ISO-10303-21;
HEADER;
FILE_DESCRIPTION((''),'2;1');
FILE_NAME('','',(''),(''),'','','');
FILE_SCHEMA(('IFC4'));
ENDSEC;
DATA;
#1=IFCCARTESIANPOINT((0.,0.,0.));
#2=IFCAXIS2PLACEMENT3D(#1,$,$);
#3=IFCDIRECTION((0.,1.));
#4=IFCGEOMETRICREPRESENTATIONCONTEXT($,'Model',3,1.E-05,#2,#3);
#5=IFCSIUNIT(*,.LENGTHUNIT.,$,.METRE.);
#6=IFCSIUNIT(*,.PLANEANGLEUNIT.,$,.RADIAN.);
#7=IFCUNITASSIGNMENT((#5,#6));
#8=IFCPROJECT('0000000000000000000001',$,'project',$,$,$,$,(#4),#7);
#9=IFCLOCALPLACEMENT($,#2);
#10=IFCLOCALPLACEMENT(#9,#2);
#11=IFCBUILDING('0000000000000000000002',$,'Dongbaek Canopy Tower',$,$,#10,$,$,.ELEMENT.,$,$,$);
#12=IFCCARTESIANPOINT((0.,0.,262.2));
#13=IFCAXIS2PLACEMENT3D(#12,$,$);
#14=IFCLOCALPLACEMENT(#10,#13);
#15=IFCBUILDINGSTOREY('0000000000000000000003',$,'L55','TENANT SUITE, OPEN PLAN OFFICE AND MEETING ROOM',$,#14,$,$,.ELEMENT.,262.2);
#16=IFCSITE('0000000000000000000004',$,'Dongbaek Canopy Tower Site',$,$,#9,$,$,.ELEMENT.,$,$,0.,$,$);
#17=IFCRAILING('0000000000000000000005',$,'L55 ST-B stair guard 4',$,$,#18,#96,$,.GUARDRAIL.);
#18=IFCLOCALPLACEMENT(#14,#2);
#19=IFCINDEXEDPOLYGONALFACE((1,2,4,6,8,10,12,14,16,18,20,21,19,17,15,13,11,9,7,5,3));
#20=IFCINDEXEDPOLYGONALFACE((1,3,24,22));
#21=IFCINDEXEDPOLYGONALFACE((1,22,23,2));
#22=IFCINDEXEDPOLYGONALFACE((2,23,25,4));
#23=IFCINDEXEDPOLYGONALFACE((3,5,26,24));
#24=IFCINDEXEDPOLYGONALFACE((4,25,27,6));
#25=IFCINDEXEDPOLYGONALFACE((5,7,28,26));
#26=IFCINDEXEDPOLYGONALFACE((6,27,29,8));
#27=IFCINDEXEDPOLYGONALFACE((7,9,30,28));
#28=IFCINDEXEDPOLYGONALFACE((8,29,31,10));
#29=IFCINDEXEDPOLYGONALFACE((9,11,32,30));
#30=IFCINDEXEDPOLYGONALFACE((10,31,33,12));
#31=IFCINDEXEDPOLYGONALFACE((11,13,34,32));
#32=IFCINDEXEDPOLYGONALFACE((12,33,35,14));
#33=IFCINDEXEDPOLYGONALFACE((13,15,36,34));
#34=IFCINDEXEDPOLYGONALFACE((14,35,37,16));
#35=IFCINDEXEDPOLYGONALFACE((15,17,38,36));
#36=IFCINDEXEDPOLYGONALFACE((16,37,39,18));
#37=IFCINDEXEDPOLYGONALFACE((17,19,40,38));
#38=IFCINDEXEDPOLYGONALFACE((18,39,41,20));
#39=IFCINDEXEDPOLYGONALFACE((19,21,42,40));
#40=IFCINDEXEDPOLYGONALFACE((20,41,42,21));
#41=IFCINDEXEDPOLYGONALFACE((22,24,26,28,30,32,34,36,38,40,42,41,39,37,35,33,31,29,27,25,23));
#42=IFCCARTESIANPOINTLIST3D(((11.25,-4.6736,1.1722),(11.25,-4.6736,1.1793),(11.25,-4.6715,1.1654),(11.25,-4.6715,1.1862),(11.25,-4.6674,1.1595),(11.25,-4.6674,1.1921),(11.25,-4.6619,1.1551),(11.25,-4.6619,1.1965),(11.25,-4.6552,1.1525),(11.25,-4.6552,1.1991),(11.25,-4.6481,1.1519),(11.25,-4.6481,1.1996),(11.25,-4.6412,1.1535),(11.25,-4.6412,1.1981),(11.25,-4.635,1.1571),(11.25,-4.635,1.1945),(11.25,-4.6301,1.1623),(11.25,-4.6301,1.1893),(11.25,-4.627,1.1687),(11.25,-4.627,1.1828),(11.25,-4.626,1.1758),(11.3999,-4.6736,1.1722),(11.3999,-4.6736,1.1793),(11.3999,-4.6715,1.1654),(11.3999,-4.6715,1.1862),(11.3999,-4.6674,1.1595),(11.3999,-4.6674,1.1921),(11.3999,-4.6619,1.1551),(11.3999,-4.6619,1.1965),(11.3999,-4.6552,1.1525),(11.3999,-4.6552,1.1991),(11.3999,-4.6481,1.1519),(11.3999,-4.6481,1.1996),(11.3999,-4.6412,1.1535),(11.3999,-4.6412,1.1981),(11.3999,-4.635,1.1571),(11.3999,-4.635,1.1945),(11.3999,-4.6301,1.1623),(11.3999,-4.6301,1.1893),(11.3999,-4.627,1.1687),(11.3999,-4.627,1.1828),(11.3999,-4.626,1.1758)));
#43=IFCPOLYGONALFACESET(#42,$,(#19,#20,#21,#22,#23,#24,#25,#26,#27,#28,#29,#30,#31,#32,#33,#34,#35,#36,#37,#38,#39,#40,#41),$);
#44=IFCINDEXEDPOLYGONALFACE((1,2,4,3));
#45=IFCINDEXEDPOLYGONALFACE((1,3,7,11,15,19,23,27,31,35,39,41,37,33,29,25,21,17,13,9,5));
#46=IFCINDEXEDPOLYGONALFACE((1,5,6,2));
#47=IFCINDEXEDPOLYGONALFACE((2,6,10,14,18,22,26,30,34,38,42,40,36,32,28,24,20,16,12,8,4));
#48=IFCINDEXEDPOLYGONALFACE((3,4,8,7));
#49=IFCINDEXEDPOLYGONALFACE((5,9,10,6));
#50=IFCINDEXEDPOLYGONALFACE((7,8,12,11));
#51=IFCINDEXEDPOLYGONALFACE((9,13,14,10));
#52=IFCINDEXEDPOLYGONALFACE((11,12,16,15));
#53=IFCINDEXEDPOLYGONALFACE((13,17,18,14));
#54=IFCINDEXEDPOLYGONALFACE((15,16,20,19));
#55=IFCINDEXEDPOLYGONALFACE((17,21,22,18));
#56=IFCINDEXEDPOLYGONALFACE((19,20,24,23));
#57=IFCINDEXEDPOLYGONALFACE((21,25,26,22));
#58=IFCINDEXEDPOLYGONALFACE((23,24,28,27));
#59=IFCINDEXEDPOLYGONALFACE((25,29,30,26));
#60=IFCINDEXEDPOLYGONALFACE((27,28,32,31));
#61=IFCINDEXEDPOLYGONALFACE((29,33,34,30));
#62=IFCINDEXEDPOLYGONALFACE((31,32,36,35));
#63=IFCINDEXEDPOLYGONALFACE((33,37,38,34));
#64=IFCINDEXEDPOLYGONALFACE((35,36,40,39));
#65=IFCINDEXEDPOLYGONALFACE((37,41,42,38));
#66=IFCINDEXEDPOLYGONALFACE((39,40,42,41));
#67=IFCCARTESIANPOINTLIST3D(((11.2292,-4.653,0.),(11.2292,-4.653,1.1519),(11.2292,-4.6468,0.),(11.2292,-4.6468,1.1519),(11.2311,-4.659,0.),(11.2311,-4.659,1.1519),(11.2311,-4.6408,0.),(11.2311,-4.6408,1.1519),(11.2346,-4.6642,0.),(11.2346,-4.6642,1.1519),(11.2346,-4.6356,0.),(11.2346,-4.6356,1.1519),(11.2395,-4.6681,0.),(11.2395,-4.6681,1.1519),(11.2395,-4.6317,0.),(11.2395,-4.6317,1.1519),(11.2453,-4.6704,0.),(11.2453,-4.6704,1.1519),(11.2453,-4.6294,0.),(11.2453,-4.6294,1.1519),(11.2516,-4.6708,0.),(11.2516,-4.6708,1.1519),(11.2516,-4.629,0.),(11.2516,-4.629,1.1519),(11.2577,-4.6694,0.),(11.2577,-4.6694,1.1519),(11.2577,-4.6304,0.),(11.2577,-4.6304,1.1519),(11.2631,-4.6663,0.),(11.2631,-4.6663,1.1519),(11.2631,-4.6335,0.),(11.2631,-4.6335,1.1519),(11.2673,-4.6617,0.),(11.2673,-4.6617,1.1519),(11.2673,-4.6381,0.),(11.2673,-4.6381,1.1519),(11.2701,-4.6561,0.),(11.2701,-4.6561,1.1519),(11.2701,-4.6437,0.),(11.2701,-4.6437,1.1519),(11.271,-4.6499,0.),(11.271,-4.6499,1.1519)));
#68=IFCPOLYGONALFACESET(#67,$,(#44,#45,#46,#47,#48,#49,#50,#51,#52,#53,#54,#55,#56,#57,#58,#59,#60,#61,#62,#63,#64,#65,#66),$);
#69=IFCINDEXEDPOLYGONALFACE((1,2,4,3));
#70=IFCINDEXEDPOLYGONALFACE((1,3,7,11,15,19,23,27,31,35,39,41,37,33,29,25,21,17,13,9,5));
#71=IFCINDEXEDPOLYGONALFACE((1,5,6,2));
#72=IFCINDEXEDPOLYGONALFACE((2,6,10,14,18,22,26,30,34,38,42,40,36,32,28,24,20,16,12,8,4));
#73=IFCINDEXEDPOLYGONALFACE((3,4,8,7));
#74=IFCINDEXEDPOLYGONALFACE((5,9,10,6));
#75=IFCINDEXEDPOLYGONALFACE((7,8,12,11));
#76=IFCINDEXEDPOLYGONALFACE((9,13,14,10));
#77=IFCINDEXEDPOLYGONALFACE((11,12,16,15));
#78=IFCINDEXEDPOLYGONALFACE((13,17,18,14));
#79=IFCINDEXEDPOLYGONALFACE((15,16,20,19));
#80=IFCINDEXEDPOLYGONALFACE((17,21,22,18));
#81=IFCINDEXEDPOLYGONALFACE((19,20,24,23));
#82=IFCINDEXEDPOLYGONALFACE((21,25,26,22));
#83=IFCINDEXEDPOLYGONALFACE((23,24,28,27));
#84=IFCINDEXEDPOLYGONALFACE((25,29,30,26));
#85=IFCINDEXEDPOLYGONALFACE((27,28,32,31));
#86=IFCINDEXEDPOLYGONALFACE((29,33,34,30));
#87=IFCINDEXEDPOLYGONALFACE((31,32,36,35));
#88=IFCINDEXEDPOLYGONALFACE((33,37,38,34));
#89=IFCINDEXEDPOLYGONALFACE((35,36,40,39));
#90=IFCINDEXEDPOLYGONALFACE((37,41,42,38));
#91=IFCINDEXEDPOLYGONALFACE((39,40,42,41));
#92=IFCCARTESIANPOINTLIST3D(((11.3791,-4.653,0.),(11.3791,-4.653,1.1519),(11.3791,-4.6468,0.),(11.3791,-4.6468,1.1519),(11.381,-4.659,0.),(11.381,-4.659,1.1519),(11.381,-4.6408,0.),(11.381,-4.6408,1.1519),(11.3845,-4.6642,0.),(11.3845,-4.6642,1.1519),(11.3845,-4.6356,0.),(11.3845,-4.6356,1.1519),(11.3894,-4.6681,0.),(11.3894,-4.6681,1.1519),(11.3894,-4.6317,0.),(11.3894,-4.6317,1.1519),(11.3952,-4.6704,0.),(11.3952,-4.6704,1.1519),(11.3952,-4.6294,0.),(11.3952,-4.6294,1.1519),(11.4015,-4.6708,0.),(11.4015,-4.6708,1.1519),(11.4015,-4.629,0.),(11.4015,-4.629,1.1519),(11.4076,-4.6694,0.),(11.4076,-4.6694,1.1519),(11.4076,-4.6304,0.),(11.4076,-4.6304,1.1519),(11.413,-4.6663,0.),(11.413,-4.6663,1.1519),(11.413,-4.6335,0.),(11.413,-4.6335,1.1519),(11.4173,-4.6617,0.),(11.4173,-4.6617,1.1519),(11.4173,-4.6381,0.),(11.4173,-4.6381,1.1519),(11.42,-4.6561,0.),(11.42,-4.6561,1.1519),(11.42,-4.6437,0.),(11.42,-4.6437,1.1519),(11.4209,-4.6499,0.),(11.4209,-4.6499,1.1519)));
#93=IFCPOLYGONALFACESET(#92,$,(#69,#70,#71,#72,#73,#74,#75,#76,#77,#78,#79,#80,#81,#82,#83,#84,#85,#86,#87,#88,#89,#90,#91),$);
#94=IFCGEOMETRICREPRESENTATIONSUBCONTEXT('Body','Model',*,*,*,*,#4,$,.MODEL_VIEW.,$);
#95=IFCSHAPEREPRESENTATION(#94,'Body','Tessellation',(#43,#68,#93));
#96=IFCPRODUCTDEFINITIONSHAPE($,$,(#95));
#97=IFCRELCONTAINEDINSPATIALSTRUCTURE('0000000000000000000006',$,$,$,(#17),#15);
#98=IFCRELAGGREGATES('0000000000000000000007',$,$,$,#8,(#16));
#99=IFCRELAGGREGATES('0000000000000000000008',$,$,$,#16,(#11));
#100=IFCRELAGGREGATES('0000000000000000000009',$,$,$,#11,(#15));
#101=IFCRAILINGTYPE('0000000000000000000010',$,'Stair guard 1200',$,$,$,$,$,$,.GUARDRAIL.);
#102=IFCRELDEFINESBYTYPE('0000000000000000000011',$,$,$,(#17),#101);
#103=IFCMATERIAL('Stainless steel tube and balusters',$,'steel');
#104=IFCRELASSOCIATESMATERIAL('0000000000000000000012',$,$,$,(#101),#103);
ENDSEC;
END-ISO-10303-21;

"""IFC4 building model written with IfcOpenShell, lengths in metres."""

from ifc_helpers import new_model, si_unit, direction, frame, origin, origin_2d, place, context, subcontext, project, spatial, circle, extrude, material, type_object, element, save


model = new_model("IFC4")

# Units and contexts
model_context = context("Model", 3, precision=1e-05, world=origin(), true_north=direction((0.0, 1.0)))
body_context = subcontext(model_context, "Body", "Model", "MODEL_VIEW")
ifc_project = project(units=[si_unit("LENGTHUNIT", "METRE"), si_unit("PLANEANGLEUNIT", "RADIAN")], contexts=[model_context])

# Site, building, storey
site_placement = place(None, origin())
site = spatial("IfcSite", under=ifc_project, at=site_placement, Name="Dongbaek Canopy Tower Site", CompositionType="ELEMENT", RefElevation=0.0)
building_placement = place(site_placement, origin())
building = spatial("IfcBuilding", under=site, at=building_placement, Name="Dongbaek Canopy Tower", CompositionType="ELEMENT")
storey_placement = place(building_placement, frame((0.0, 0.0, 262.2)))
storey = spatial("IfcBuildingStorey", under=building, at=storey_placement, Name="L55", Description="TENANT SUITE, OPEN PLAN OFFICE AND MEETING ROOM", CompositionType="ELEMENT", Elevation=262.2)

# Railing
ifc_material_1 = material(Name="Stainless steel tube and balusters", Category="steel")
railing_type_1 = type_object("IfcRailingType", Name="Stair guard 1200", PredefinedType="GUARDRAIL", material=ifc_material_1)
railing_1_placement = place(storey_placement, frame((11.25, -4.6499, 0.0)))
element("IfcRailing", 1, at=railing_1_placement, inside=storey, type_object=railing_type_1, Name="L55 ST-B stair guard 4", PredefinedType="GUARDRAIL", context=body_context, shape_type="SweptSolid", body=[
    extrude(circle(Radius=0.0239, at=origin_2d()), frame((0.0, 0.0, 1.1758), z_axis=(1.0, 0.0, 0.0), x_axis=(0.0, 1.0, 0.0)), (0.0, 0.0, 1.0), 0.1499),
    extrude(circle(Radius=0.021, at=origin_2d()), origin(), (0.0, 0.0, 1.0), 1.1519),
    extrude(circle(Radius=0.021, at=origin_2d()), frame((0.1499, 0.0, 0.0)), (0.0, 0.0, 1.0), 1.1519),
])

save(model, "model.ifc")
